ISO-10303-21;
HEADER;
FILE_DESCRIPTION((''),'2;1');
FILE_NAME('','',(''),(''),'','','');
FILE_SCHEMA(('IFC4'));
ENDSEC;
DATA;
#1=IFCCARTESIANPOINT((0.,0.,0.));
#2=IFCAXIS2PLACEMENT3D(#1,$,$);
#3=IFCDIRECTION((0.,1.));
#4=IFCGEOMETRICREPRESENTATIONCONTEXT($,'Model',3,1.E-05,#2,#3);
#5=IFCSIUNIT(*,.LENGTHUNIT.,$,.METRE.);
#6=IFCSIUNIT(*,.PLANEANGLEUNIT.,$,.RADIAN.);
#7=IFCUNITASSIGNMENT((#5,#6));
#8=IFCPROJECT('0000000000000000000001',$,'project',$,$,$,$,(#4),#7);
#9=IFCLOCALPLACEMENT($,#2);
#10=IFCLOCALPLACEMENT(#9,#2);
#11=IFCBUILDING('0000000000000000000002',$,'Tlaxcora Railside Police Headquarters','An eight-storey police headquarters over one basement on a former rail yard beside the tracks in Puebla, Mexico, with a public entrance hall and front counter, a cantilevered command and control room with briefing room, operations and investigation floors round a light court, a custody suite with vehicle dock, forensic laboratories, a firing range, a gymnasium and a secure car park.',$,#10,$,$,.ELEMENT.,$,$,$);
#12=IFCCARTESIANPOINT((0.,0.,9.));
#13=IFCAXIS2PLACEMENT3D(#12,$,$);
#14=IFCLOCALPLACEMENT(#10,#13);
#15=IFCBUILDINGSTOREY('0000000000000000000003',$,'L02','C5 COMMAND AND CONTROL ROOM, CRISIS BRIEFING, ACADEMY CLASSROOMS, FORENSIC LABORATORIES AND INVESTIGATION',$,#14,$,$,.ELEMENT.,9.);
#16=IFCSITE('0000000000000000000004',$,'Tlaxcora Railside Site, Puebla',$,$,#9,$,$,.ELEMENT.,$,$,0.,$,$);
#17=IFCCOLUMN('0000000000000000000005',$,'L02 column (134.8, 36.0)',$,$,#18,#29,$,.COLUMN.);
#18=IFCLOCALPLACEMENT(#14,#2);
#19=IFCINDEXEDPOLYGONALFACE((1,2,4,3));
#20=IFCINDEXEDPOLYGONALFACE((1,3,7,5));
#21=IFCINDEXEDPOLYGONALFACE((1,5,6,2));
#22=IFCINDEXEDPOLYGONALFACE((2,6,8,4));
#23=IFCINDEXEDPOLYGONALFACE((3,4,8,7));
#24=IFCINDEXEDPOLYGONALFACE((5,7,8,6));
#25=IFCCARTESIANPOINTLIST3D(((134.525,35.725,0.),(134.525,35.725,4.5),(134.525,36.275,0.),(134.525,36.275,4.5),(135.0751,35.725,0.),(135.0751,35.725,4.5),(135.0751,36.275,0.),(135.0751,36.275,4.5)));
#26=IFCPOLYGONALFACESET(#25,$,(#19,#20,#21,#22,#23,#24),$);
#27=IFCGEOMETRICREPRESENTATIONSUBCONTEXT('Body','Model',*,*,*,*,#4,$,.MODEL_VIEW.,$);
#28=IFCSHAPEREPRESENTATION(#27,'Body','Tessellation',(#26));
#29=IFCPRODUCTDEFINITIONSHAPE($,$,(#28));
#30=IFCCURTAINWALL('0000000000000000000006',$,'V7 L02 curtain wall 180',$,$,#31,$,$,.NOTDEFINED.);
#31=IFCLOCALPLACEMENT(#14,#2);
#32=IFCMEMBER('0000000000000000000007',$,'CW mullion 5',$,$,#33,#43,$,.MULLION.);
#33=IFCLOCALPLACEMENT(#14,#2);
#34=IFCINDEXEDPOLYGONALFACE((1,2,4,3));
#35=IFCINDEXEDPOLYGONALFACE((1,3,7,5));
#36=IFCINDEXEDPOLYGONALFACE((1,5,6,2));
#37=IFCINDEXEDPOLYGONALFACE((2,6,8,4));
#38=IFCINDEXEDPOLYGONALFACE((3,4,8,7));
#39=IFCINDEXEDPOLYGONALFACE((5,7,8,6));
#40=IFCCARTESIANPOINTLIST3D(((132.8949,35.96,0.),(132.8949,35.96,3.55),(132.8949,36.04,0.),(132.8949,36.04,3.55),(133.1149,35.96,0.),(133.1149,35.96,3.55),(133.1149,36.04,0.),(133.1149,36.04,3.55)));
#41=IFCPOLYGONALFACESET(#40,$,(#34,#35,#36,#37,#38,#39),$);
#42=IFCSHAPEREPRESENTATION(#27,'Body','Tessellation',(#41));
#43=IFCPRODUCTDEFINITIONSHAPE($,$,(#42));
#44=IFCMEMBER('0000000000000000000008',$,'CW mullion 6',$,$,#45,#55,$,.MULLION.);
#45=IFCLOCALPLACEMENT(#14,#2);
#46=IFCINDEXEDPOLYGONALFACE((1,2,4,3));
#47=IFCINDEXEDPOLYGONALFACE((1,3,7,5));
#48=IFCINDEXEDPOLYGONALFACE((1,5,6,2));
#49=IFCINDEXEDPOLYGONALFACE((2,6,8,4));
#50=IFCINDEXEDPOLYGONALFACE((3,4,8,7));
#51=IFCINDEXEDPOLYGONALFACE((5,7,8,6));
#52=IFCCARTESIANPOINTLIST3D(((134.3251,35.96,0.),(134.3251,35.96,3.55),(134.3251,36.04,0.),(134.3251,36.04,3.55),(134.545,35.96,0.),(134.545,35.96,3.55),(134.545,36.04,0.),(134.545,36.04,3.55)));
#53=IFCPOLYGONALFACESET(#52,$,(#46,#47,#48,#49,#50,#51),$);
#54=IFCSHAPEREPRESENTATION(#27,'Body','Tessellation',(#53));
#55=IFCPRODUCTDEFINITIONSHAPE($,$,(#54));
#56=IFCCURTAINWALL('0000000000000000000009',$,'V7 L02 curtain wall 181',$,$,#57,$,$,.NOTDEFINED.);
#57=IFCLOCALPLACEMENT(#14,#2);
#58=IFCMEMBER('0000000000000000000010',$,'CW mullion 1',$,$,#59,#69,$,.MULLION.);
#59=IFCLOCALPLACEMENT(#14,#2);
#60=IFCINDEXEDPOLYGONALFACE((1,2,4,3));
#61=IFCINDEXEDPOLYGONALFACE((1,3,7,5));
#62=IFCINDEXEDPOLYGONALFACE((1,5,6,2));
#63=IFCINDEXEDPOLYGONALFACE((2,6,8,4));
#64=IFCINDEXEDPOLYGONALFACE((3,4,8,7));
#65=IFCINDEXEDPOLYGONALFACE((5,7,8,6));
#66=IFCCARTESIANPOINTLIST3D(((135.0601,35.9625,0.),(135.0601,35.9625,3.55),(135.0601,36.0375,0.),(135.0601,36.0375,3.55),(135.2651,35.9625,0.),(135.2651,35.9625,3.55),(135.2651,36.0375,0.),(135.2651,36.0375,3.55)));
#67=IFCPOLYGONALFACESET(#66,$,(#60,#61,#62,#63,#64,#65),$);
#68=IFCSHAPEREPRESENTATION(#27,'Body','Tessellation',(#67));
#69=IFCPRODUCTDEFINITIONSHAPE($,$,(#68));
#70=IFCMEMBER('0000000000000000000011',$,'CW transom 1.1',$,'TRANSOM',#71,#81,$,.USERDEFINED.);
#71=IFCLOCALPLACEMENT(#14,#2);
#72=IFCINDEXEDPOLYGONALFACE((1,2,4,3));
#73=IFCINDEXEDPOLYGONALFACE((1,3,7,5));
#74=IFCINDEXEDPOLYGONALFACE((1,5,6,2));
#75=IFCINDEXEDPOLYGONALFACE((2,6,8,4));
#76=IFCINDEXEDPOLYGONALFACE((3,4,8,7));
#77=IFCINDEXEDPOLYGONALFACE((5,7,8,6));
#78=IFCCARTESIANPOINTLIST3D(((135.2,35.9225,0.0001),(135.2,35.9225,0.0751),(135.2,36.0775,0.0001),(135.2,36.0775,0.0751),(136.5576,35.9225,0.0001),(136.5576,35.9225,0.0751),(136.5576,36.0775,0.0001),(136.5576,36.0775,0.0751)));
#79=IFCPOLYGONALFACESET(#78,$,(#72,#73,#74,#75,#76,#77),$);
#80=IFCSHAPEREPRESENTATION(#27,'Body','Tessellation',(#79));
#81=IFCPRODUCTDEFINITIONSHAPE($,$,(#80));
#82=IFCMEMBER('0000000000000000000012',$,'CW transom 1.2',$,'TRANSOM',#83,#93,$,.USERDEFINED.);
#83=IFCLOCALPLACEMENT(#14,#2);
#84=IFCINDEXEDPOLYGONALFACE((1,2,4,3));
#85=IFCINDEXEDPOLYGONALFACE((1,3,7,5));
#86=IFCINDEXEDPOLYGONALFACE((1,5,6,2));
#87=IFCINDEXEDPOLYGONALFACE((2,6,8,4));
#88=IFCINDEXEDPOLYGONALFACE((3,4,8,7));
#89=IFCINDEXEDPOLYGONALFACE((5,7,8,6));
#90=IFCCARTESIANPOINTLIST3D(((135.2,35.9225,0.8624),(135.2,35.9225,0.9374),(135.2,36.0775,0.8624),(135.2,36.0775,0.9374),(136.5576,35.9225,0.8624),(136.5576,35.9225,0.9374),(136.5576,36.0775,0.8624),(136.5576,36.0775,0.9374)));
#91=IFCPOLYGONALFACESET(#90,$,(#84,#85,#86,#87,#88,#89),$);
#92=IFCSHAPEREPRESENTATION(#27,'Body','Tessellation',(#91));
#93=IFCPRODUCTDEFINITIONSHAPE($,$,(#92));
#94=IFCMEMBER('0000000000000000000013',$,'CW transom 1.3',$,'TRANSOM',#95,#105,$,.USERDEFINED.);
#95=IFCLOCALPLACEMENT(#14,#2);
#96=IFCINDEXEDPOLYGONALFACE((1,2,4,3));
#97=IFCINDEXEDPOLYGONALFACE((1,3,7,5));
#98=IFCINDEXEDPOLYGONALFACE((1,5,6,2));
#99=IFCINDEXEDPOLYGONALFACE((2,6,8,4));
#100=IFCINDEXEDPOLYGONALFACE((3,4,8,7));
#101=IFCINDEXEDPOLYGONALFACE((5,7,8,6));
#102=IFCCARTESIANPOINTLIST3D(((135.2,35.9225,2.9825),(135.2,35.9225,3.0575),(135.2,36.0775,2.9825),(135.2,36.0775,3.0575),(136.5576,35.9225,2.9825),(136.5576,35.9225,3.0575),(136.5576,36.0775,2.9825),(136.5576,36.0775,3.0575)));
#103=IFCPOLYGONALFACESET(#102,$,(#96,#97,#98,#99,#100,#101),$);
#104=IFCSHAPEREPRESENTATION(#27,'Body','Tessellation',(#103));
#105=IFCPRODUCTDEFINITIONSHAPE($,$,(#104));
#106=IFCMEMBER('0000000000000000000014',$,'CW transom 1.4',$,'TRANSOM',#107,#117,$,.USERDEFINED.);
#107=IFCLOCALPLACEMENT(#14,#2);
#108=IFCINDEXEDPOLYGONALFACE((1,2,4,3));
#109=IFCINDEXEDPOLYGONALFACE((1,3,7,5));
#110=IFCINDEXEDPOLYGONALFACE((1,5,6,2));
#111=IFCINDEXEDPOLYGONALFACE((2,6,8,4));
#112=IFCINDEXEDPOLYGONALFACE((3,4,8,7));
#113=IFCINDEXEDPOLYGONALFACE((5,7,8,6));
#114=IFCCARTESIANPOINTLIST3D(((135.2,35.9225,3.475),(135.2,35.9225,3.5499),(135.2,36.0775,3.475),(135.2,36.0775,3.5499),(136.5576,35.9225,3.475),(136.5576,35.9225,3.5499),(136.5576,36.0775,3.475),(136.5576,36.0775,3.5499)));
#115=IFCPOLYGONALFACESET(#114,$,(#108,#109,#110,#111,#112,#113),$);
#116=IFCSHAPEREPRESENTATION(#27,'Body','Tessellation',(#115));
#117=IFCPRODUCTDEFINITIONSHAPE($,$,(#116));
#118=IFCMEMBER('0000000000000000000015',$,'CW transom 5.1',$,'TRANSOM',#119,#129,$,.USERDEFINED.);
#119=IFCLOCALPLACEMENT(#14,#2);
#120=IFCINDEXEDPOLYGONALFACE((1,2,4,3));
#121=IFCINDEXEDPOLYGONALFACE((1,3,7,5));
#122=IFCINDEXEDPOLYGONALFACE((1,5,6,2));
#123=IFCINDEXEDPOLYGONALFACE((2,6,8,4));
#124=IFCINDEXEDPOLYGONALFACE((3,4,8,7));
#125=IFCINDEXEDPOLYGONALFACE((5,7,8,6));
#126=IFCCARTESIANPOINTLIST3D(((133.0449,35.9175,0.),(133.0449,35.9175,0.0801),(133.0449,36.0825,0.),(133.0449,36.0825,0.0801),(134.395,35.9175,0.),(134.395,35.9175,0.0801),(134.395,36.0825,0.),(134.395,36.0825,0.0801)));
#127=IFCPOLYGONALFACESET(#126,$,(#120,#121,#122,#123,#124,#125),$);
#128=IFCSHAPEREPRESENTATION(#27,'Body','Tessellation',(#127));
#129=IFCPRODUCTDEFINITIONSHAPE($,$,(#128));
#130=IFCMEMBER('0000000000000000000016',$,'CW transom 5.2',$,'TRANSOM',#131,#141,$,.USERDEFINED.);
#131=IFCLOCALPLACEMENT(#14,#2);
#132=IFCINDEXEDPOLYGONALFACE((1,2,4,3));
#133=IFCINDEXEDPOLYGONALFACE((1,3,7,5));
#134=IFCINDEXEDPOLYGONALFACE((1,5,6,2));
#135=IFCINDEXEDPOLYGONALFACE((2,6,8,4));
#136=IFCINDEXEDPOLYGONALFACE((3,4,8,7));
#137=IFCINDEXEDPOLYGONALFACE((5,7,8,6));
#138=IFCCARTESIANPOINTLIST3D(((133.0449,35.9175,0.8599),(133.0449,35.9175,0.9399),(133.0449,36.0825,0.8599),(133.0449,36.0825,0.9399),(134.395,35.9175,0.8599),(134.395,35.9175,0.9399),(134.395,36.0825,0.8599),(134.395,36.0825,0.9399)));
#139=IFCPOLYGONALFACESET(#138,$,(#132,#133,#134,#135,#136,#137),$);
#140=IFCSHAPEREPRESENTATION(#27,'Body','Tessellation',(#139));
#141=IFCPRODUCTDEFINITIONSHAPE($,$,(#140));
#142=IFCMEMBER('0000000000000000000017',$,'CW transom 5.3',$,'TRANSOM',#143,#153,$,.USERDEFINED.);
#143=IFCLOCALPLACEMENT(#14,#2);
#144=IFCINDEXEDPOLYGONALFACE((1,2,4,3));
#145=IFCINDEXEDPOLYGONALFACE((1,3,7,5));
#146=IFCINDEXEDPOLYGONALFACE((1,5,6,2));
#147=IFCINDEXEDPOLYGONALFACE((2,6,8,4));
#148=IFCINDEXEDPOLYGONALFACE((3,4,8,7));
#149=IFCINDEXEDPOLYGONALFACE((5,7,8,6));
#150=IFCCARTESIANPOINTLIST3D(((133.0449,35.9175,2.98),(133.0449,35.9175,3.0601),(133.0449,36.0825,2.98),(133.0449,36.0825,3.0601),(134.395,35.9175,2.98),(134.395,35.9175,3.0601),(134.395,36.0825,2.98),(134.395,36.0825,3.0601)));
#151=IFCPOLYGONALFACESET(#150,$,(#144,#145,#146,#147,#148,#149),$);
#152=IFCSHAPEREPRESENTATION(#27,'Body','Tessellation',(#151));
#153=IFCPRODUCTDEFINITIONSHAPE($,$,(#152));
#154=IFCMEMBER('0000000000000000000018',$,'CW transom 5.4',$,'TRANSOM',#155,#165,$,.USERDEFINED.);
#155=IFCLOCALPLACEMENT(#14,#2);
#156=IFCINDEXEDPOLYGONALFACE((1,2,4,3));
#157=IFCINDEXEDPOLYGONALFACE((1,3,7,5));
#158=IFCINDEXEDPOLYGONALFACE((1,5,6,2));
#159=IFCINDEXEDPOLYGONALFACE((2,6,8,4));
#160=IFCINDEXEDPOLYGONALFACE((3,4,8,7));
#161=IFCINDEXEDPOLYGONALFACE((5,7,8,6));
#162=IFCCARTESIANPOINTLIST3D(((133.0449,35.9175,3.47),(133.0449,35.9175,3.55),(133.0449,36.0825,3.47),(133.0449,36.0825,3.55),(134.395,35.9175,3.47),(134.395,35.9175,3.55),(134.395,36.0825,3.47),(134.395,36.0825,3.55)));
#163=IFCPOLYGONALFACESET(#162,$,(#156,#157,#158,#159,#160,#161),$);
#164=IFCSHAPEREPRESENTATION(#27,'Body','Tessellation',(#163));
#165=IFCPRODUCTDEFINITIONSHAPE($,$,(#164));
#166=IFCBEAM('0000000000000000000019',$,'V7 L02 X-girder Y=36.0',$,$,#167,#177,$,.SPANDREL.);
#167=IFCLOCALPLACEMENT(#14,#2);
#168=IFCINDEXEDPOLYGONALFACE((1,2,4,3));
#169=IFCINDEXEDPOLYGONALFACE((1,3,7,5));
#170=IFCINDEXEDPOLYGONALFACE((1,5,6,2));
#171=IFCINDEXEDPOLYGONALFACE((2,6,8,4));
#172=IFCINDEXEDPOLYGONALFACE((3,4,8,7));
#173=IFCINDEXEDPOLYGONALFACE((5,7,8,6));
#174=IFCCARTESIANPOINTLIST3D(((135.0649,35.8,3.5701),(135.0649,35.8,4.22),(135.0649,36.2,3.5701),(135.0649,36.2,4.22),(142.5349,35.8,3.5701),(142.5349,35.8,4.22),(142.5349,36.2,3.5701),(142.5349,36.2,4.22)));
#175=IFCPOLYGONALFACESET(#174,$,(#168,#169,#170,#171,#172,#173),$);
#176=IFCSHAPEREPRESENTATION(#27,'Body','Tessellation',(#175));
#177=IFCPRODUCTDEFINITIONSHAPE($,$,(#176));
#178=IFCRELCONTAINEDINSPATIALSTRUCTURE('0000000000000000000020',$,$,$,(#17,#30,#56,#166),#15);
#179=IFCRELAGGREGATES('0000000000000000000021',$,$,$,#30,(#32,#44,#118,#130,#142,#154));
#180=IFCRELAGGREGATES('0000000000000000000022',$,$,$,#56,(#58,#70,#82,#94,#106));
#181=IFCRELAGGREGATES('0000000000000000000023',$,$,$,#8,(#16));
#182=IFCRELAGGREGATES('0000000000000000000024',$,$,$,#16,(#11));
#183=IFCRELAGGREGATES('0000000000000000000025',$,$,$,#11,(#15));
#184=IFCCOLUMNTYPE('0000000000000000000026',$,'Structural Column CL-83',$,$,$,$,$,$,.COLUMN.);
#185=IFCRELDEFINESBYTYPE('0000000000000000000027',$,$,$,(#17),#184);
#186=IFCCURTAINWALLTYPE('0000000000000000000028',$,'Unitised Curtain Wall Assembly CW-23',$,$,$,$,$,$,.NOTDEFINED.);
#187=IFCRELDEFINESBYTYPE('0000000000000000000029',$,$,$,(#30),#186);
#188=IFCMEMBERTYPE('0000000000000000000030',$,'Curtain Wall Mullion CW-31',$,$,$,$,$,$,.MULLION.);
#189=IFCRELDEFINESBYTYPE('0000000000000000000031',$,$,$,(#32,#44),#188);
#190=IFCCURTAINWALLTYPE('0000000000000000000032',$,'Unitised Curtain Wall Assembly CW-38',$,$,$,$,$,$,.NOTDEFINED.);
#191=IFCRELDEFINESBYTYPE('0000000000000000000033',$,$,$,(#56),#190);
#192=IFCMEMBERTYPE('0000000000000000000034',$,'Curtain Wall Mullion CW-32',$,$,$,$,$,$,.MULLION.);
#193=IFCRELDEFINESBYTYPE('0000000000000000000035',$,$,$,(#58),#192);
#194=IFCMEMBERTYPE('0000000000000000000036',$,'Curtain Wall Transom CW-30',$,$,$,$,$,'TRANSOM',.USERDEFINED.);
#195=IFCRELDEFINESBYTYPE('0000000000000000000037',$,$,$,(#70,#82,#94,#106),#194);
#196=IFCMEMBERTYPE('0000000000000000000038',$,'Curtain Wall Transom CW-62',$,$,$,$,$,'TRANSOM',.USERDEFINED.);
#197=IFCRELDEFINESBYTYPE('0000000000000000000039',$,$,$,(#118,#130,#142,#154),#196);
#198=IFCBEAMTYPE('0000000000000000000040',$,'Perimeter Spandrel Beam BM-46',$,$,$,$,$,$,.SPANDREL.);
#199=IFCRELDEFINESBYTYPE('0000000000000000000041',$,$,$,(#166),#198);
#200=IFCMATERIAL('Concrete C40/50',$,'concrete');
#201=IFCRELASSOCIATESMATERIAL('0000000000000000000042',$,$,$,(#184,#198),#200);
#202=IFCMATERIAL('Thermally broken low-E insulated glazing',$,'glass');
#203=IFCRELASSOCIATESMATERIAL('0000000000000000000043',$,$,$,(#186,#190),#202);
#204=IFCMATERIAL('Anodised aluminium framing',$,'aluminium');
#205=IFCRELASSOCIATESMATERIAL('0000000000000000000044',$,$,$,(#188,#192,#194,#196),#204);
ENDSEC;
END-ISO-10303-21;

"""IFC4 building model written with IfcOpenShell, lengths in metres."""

from ifc_helpers import new_model, si_unit, direction, frame, origin, origin_2d, place, context, subcontext, project, spatial, rectangle, extrude, material, material_profile, profile_set, type_object, element, aggregate, save


model = new_model("IFC4")

# Units and contexts
model_context = context("Model", 3, precision=1e-05, world=origin(), true_north=direction((0.0, 1.0)))
body_context = subcontext(model_context, "Body", "Model", "MODEL_VIEW")
ifc_project = project(units=[si_unit("LENGTHUNIT", "METRE"), si_unit("PLANEANGLEUNIT", "RADIAN")], contexts=[model_context])

# Site, building, storey
site_placement = place(None, origin())
site = spatial("IfcSite", under=ifc_project, at=site_placement, Name="Tlaxcora Railside Site, Puebla", CompositionType="ELEMENT", RefElevation=0.0)
building_placement = place(site_placement, origin())
building = spatial("IfcBuilding", under=site, at=building_placement, Name="Tlaxcora Railside Police Headquarters", Description="An eight-storey police headquarters over one basement on a former rail yard beside the tracks in Puebla, Mexico, with a public entrance hall and front counter, a cantilevered command and control room with briefing room, operations and investigation floors round a light court, a custody suite with vehicle dock, forensic laboratories, a firing range, a gymnasium and a secure car park.", CompositionType="ELEMENT")
storey_placement = place(building_placement, frame((0.0, 0.0, 9.0)))
storey = spatial("IfcBuildingStorey", under=building, at=storey_placement, Name="L02", Description="C5 COMMAND AND CONTROL ROOM, CRISIS BRIEFING, ACADEMY CLASSROOMS, FORENSIC LABORATORIES AND INVESTIGATION", CompositionType="ELEMENT", Elevation=9.0)

# Column
ifc_material_1 = material(Name="Concrete C40/50", Category="concrete")
ifc_material_profile_1 = material_profile(ifc_material_1, rectangle(XDim=0.55, YDim=0.55, at=origin_2d()), Name="RC550X550")
ifc_profile_set_1 = profile_set([ifc_material_profile_1], Name="Concrete C40/50")
column_type = type_object("IfcColumnType", Name="Structural Column CL-83", PredefinedType="COLUMN", material=ifc_profile_set_1)
column_placement = place(storey_placement, frame((134.8, 36.0, 0.0), z_axis=(0.0, 0.0, 1.0), x_axis=(1.0, 0.0, 0.0)))
element("IfcColumn", 1, at=column_placement, inside=storey, type_object=column_type, Name="L02 column (134.8, 36.0)", PredefinedType="COLUMN", context=body_context, shape_type="SweptSolid", body=[
    extrude(rectangle(XDim=0.55, YDim=0.55, at=origin_2d()), origin(), (0.0, 0.0, 1.0), 4.5),
])

# Curtain walls, members
ifc_material_2 = material(Name="Thermally broken low-E insulated glazing", Category="glass")
curtain_wall_type_1 = type_object("IfcCurtainWallType", Name="Unitised Curtain Wall Assembly CW-23", PredefinedType="NOTDEFINED", material=ifc_material_2)
curtain_wall_1_placement = place(storey_placement, origin())
curtain_wall_1 = element("IfcCurtainWall", 2, at=curtain_wall_1_placement, inside=storey, type_object=curtain_wall_type_1, Name="V7 L02 curtain wall 180", PredefinedType="NOTDEFINED")
ifc_material_3 = material(Name="Anodised aluminium framing", Category="aluminium")
ifc_material_profile_2 = material_profile(ifc_material_3, rectangle(XDim=0.0801, YDim=0.22, at=origin_2d()), Name="AL80X220")
ifc_profile_set_2 = profile_set([ifc_material_profile_2], Name="Anodised aluminium framing")
member_type_1 = type_object("IfcMemberType", Name="Curtain Wall Mullion CW-31", PredefinedType="MULLION", material=ifc_profile_set_2)
member_1_placement = place(storey_placement, frame((133.0049, 36.0, 0.0), z_axis=(0.0, 0.0, 1.0), x_axis=(0.0, 1.0, 0.0)))
member_1 = element("IfcMember", 3, at=member_1_placement, type_object=member_type_1, Name="CW mullion 5", PredefinedType="MULLION", context=body_context, shape_type="SweptSolid", body=[
    extrude(rectangle(XDim=0.0801, YDim=0.22, at=origin_2d()), origin(), (0.0, 0.0, 1.0), 3.55),
])
member_2_placement = place(storey_placement, frame((134.4351, 36.0, 0.0), z_axis=(0.0, 0.0, 1.0), x_axis=(0.0, 1.0, 0.0)))
member_2 = element("IfcMember", 4, at=member_2_placement, type_object=member_type_1, Name="CW mullion 6", PredefinedType="MULLION", context=body_context, shape_type="SweptSolid", body=[
    extrude(rectangle(XDim=0.0801, YDim=0.22, at=origin_2d()), origin(), (0.0, 0.0, 1.0), 3.55),
])
curtain_wall_type_2 = type_object("IfcCurtainWallType", Name="Unitised Curtain Wall Assembly CW-38", PredefinedType="NOTDEFINED", material=ifc_material_2)
curtain_wall_2_placement = place(storey_placement, origin())
curtain_wall_2 = element("IfcCurtainWall", 5, at=curtain_wall_2_placement, inside=storey, type_object=curtain_wall_type_2, Name="V7 L02 curtain wall 181", PredefinedType="NOTDEFINED")
ifc_material_profile_3 = material_profile(ifc_material_3, rectangle(XDim=0.075, YDim=0.2051, at=origin_2d()), Name="AL75X205")
ifc_profile_set_3 = profile_set([ifc_material_profile_3], Name="Anodised aluminium framing")
member_type_2 = type_object("IfcMemberType", Name="Curtain Wall Mullion CW-32", PredefinedType="MULLION", material=ifc_profile_set_3)
member_3_placement = place(storey_placement, frame((135.1626, 36.0, 0.0), z_axis=(0.0, 0.0, 1.0), x_axis=(0.0, 1.0, 0.0)))
member_3 = element("IfcMember", 6, at=member_3_placement, type_object=member_type_2, Name="CW mullion 1", PredefinedType="MULLION", context=body_context, shape_type="SweptSolid", body=[
    extrude(rectangle(XDim=0.075, YDim=0.2051, at=origin_2d()), origin(), (0.0, 0.0, 1.0), 3.55),
])
ifc_material_profile_4 = material_profile(ifc_material_3, rectangle(XDim=0.155, YDim=0.075, at=origin_2d()), Name="AL75X155")
ifc_profile_set_4 = profile_set([ifc_material_profile_4], Name="Anodised aluminium framing")
member_type_3 = type_object("IfcMemberType", Name="Curtain Wall Transom CW-30", ElementType="TRANSOM", PredefinedType="USERDEFINED", material=ifc_profile_set_4)
member_4_placement = place(storey_placement, frame((135.2, 36.0, 0.0376), z_axis=(1.0, 0.0, 0.0), x_axis=(0.0, 1.0, 0.0)))
member_4 = element("IfcMember", 7, at=member_4_placement, type_object=member_type_3, Name="CW transom 1.1", ObjectType="TRANSOM", PredefinedType="USERDEFINED", context=body_context, shape_type="SweptSolid", body=[
    extrude(rectangle(XDim=0.155, YDim=0.075, at=origin_2d()), origin(), (0.0, 0.0, 1.0), 1.3577),
])
member_5_placement = place(storey_placement, frame((135.2, 36.0, 0.8999), z_axis=(1.0, 0.0, 0.0), x_axis=(0.0, 1.0, 0.0)))
member_5 = element("IfcMember", 8, at=member_5_placement, type_object=member_type_3, Name="CW transom 1.2", ObjectType="TRANSOM", PredefinedType="USERDEFINED", context=body_context, shape_type="SweptSolid", body=[
    extrude(rectangle(XDim=0.155, YDim=0.075, at=origin_2d()), origin(), (0.0, 0.0, 1.0), 1.3577),
])
member_6_placement = place(storey_placement, frame((135.2, 36.0, 3.02), z_axis=(1.0, 0.0, 0.0), x_axis=(0.0, 1.0, 0.0)))
member_6 = element("IfcMember", 9, at=member_6_placement, type_object=member_type_3, Name="CW transom 1.3", ObjectType="TRANSOM", PredefinedType="USERDEFINED", context=body_context, shape_type="SweptSolid", body=[
    extrude(rectangle(XDim=0.155, YDim=0.075, at=origin_2d()), origin(), (0.0, 0.0, 1.0), 1.3577),
])
member_7_placement = place(storey_placement, frame((135.2, 36.0, 3.5125), z_axis=(1.0, 0.0, 0.0), x_axis=(0.0, 1.0, 0.0)))
member_7 = element("IfcMember", 10, at=member_7_placement, type_object=member_type_3, Name="CW transom 1.4", ObjectType="TRANSOM", PredefinedType="USERDEFINED", context=body_context, shape_type="SweptSolid", body=[
    extrude(rectangle(XDim=0.155, YDim=0.075, at=origin_2d()), origin(), (0.0, 0.0, 1.0), 1.3577),
])

# Members
ifc_material_profile_5 = material_profile(ifc_material_3, rectangle(XDim=0.165, YDim=0.0801, at=origin_2d()), Name="AL80X165")
ifc_profile_set_5 = profile_set([ifc_material_profile_5], Name="Anodised aluminium framing")
member_type_4 = type_object("IfcMemberType", Name="Curtain Wall Transom CW-62", ElementType="TRANSOM", PredefinedType="USERDEFINED", material=ifc_profile_set_5)
member_8_placement = place(storey_placement, frame((133.0449, 36.0, 0.04), z_axis=(1.0, 0.0, 0.0), x_axis=(0.0, 1.0, 0.0)))
member_8 = element("IfcMember", 11, at=member_8_placement, type_object=member_type_4, Name="CW transom 5.1", ObjectType="TRANSOM", PredefinedType="USERDEFINED", context=body_context, shape_type="SweptSolid", body=[
    extrude(rectangle(XDim=0.165, YDim=0.0801, at=origin_2d()), origin(), (0.0, 0.0, 1.0), 1.3501),
])
member_9_placement = place(storey_placement, frame((133.0449, 36.0, 0.8999), z_axis=(1.0, 0.0, 0.0), x_axis=(0.0, 1.0, 0.0)))
member_9 = element("IfcMember", 12, at=member_9_placement, type_object=member_type_4, Name="CW transom 5.2", ObjectType="TRANSOM", PredefinedType="USERDEFINED", context=body_context, shape_type="SweptSolid", body=[
    extrude(rectangle(XDim=0.165, YDim=0.0801, at=origin_2d()), origin(), (0.0, 0.0, 1.0), 1.3501),
])
member_10_placement = place(storey_placement, frame((133.0449, 36.0, 3.02), z_axis=(1.0, 0.0, 0.0), x_axis=(0.0, 1.0, 0.0)))
member_10 = element("IfcMember", 13, at=member_10_placement, type_object=member_type_4, Name="CW transom 5.3", ObjectType="TRANSOM", PredefinedType="USERDEFINED", context=body_context, shape_type="SweptSolid", body=[
    extrude(rectangle(XDim=0.165, YDim=0.0801, at=origin_2d()), origin(), (0.0, 0.0, 1.0), 1.3501),
])
member_11_placement = place(storey_placement, frame((133.0449, 36.0, 3.51), z_axis=(1.0, 0.0, 0.0), x_axis=(0.0, 1.0, 0.0)))
member_11 = element("IfcMember", 14, at=member_11_placement, type_object=member_type_4, Name="CW transom 5.4", ObjectType="TRANSOM", PredefinedType="USERDEFINED", context=body_context, shape_type="SweptSolid", body=[
    extrude(rectangle(XDim=0.165, YDim=0.0801, at=origin_2d()), origin(), (0.0, 0.0, 1.0), 1.3501),
])

# Beam
ifc_material_profile_6 = material_profile(ifc_material_1, rectangle(XDim=0.3999, YDim=0.6499, at=origin_2d()), Name="RC400X650")
ifc_profile_set_6 = profile_set([ifc_material_profile_6], Name="Concrete C40/50")
beam_type_1 = type_object("IfcBeamType", Name="Perimeter Spandrel Beam BM-46", PredefinedType="SPANDREL", material=ifc_profile_set_6)
beam_1_placement = place(storey_placement, frame((135.0649, 36.0, 3.895), z_axis=(1.0, 0.0, 0.0), x_axis=(0.0, 1.0, 0.0)))
element("IfcBeam", 15, at=beam_1_placement, inside=storey, type_object=beam_type_1, Name="V7 L02 X-girder Y=36.0", PredefinedType="SPANDREL", context=body_context, shape_type="SweptSolid", body=[
    extrude(rectangle(XDim=0.3999, YDim=0.6499, at=origin_2d()), origin(), (0.0, 0.0, 1.0), 7.47),
])

aggregate(curtain_wall_1, [member_1, member_2, member_8, member_9, member_10, member_11])
aggregate(curtain_wall_2, [member_3, member_4, member_5, member_6, member_7])

save(model, "model.ifc")
